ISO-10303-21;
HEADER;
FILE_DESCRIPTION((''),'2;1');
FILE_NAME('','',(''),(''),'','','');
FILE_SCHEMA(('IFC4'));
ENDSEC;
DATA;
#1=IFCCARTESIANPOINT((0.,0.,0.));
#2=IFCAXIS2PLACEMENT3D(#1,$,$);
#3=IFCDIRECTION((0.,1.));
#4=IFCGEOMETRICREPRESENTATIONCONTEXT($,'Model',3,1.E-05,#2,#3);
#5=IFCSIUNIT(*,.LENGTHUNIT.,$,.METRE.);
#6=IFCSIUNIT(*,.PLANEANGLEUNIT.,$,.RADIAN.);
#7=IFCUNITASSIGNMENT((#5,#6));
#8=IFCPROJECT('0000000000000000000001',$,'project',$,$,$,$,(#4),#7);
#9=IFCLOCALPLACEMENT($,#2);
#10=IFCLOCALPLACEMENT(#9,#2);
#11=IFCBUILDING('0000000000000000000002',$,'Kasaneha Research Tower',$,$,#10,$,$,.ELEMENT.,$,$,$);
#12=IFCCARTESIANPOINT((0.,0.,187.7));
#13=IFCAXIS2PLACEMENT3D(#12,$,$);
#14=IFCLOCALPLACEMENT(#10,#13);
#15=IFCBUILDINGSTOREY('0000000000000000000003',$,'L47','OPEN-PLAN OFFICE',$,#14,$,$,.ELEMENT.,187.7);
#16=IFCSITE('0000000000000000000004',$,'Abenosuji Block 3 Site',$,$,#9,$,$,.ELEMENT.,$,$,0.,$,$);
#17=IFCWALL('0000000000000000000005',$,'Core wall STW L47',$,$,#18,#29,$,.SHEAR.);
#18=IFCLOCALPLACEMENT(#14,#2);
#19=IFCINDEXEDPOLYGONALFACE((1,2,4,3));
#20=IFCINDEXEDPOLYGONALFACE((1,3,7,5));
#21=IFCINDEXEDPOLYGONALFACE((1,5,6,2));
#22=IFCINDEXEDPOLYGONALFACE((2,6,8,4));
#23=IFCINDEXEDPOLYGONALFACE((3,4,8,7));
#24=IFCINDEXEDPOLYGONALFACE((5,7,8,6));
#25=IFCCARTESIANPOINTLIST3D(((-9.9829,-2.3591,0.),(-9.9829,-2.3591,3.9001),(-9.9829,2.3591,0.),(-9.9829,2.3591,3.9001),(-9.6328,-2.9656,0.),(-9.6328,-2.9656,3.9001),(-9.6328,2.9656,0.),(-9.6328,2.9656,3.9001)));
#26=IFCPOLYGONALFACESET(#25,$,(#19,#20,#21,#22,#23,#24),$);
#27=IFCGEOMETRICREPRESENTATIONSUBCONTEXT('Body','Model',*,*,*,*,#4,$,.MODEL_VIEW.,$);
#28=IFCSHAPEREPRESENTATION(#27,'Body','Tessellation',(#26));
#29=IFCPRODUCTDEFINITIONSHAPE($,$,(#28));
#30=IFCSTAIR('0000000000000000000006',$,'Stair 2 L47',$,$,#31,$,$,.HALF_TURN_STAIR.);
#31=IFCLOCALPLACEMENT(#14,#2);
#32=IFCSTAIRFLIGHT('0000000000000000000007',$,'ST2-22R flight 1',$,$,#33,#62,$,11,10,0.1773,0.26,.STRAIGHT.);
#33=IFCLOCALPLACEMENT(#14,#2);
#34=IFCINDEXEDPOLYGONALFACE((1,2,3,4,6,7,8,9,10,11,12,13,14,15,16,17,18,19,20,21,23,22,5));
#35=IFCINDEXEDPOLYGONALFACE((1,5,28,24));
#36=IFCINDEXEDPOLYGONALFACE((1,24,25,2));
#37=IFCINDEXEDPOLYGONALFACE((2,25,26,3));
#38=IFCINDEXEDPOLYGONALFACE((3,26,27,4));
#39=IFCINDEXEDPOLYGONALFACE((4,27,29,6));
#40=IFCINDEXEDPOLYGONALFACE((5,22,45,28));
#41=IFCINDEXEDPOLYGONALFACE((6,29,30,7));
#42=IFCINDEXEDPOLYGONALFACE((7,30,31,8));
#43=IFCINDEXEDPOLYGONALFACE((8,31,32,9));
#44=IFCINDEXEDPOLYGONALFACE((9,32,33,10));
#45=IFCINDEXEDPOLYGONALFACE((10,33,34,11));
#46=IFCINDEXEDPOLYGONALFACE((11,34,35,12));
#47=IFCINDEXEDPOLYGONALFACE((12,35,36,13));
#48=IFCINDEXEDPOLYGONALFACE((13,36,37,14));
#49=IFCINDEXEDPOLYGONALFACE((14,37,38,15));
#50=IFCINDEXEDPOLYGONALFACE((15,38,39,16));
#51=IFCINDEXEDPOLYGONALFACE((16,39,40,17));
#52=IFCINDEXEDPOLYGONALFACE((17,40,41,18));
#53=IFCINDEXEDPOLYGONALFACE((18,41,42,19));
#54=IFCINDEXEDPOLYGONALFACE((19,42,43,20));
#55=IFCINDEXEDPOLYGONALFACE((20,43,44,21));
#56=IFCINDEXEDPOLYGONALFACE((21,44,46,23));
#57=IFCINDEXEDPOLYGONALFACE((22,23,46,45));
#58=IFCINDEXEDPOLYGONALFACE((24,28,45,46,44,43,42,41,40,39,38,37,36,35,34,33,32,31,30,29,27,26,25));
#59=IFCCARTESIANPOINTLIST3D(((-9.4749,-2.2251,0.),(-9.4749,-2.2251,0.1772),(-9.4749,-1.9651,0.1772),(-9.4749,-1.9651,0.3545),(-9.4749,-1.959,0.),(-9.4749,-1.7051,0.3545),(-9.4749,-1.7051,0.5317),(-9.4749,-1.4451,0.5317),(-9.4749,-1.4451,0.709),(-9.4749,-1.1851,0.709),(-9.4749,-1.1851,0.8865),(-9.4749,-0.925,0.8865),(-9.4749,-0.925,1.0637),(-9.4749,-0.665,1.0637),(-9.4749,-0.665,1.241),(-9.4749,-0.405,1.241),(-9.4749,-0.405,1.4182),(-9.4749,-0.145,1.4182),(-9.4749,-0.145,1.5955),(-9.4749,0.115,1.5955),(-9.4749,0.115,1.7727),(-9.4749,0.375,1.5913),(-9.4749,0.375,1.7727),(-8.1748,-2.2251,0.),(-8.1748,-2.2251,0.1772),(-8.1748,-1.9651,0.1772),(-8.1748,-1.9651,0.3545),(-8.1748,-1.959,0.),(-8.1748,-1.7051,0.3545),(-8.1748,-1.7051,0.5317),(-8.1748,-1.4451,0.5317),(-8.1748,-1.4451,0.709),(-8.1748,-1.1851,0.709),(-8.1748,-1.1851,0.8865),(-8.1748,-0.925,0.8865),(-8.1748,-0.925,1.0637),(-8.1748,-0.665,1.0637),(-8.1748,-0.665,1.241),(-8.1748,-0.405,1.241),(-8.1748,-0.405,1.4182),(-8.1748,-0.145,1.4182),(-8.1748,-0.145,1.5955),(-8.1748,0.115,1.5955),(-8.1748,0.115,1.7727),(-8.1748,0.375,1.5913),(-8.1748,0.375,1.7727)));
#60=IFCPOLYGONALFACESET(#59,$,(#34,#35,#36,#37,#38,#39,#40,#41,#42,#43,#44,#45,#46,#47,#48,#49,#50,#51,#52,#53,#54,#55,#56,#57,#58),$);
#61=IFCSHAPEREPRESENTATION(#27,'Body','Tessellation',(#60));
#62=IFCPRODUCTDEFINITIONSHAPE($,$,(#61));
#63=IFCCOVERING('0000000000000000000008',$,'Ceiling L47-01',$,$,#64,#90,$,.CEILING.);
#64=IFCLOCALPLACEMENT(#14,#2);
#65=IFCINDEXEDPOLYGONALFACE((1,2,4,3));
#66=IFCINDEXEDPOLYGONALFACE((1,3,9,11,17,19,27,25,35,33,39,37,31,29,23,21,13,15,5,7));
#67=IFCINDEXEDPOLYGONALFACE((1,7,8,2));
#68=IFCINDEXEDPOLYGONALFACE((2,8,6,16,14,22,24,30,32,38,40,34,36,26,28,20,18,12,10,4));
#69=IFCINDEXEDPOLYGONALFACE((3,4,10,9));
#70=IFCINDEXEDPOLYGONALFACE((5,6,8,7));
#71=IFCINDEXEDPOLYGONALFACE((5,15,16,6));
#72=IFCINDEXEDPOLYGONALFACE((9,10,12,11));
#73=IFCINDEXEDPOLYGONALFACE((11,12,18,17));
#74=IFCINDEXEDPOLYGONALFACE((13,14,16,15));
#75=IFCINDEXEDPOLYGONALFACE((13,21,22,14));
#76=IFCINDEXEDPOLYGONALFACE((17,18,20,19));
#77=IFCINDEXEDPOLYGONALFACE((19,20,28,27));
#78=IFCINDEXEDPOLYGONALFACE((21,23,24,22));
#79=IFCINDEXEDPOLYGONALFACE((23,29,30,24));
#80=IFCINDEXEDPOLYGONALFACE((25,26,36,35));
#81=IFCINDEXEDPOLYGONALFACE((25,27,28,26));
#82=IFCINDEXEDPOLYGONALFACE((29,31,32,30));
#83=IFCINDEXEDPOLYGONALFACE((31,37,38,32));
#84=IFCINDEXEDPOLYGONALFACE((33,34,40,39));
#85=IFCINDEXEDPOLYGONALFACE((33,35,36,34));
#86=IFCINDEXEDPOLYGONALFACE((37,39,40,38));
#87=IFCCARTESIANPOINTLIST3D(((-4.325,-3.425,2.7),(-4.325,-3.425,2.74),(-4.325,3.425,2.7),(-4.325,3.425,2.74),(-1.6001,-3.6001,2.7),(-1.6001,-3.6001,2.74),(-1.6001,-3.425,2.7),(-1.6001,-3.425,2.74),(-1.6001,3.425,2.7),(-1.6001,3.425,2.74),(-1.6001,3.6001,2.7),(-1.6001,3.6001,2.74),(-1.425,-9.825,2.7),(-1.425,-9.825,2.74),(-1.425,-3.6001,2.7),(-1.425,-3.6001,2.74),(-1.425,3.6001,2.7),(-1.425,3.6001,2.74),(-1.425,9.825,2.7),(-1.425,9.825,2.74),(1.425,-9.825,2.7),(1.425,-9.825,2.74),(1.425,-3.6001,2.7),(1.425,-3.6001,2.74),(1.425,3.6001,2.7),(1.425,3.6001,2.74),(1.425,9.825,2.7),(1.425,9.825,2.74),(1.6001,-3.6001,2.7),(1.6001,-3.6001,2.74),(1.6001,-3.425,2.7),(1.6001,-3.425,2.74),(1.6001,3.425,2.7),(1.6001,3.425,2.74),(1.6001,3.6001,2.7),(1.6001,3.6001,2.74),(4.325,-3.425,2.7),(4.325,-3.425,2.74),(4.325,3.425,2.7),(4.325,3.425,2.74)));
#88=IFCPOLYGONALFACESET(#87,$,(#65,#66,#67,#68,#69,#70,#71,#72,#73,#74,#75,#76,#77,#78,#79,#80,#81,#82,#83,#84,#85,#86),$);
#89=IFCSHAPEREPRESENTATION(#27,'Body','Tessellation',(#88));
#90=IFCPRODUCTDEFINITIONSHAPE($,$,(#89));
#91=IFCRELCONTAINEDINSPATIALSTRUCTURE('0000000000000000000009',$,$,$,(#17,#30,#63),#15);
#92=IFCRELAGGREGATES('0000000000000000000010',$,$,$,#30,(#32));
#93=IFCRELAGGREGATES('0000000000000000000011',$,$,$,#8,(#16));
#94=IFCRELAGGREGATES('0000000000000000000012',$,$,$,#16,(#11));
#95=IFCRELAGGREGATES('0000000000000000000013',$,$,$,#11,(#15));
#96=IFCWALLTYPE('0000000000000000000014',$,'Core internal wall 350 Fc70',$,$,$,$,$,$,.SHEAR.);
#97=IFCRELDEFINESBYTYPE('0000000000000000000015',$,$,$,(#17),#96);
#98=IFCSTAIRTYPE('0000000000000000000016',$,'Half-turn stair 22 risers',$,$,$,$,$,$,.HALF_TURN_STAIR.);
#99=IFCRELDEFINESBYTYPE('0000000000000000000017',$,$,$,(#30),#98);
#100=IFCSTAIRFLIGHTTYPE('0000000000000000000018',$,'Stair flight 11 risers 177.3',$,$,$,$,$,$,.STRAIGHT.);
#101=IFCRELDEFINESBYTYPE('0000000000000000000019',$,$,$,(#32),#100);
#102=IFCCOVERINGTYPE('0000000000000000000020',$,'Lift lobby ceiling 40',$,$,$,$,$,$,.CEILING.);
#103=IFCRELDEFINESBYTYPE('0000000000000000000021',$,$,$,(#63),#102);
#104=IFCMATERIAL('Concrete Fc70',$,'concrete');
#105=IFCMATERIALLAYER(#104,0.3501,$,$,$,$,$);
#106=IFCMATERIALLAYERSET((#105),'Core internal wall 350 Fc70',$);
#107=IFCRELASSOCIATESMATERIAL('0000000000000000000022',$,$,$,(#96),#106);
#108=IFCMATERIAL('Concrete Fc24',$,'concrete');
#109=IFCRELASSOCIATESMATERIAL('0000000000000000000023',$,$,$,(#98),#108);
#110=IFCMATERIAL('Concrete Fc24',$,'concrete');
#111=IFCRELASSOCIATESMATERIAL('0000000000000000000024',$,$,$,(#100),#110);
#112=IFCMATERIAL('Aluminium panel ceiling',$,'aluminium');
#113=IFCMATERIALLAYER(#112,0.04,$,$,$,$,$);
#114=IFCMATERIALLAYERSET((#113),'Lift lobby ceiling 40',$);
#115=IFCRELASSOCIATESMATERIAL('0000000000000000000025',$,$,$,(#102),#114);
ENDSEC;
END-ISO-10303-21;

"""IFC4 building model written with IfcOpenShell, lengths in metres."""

from ifc_helpers import new_model, si_unit, direction, frame, origin, place, context, subcontext, project, spatial, polyline, outline, extrude, material, layer, layer_set, type_object, element, aggregate, save


model = new_model("IFC4")

# Units and contexts
model_context = context("Model", 3, precision=1e-05, world=origin(), true_north=direction((0.0, 1.0)))
body_context = subcontext(model_context, "Body", "Model", "MODEL_VIEW")
ifc_project = project(units=[si_unit("LENGTHUNIT", "METRE"), si_unit("PLANEANGLEUNIT", "RADIAN")], contexts=[model_context])

# Site, building, storey
site_placement = place(None, origin())
site = spatial("IfcSite", under=ifc_project, at=site_placement, Name="Abenosuji Block 3 Site", CompositionType="ELEMENT", RefElevation=0.0)
building_placement = place(site_placement, origin())
building = spatial("IfcBuilding", under=site, at=building_placement, Name="Kasaneha Research Tower", CompositionType="ELEMENT")
storey_placement = place(building_placement, frame((0.0, 0.0, 187.7)))
storey = spatial("IfcBuildingStorey", under=building, at=storey_placement, Name="L47", Description="OPEN-PLAN OFFICE", CompositionType="ELEMENT", Elevation=187.7)

# Shared definitions
ifc_material_1 = material(Name="Concrete Fc70", Category="concrete")
ifc_layer_1 = layer(ifc_material_1, 0.3501)
ifc_layer_set_1 = layer_set([ifc_layer_1], Name="Core internal wall 350 Fc70")
wall_type = type_object("IfcWallType", Name="Core internal wall 350 Fc70", PredefinedType="SHEAR", material=ifc_layer_set_1)

# Wall
wall_1_placement = place(storey_placement, frame((-9.8079, -2.6624, 0.0), z_axis=(0.0, 0.0, 1.0), x_axis=(0.0, 1.0, 0.0)))
element("IfcWall", 1, at=wall_1_placement, inside=storey, type_object=wall_type, Name="Core wall STW L47", PredefinedType="SHEAR", context=body_context, shape_type="SweptSolid", body=[
    extrude(outline(polyline([(-0.3032, -0.175), (5.6279, -0.175), (5.0215, 0.175), (0.3032, 0.175), (-0.3032, -0.175)])), origin(), (0.0, 0.0, 1.0), 3.9001),
])

# Stair, stair flight
ifc_material_2 = material(Name="Concrete Fc24", Category="concrete")
stair_type = type_object("IfcStairType", Name="Half-turn stair 22 risers", PredefinedType="HALF_TURN_STAIR", material=ifc_material_2)
stair_placement = place(storey_placement, origin())
stair = element("IfcStair", 2, at=stair_placement, inside=storey, type_object=stair_type, Name="Stair 2 L47", PredefinedType="HALF_TURN_STAIR")
ifc_material_3 = material(Name="Concrete Fc24", Category="concrete")
stair_flight_type = type_object("IfcStairFlightType", Name="Stair flight 11 risers 177.3", PredefinedType="STRAIGHT", material=ifc_material_3)
stair_flight_placement = place(storey_placement, frame((-8.825, -2.2251, 0.0), z_axis=(0.0, 0.0, 1.0), x_axis=(0.0, 1.0, 0.0)))
stair_flight = element("IfcStairFlight", 3, at=stair_flight_placement, type_object=stair_flight_type, Name="ST2-22R flight 1", NumberOfRisers=11, NumberOfTreads=10, PredefinedType="STRAIGHT", RiserHeight=0.1773, TreadLength=0.26, context=body_context, shape_type="SweptSolid", body=[
    extrude(outline(polyline([(0.0, 0.0), (0.0, 0.1772), (0.26, 0.1772), (0.26, 0.3545), (0.52, 0.3545), (0.52, 0.5317), (0.78, 0.5317), (0.78, 0.709), (1.04, 0.709), (1.04, 0.8865), (1.3, 0.8865), (1.3, 1.0637), (1.5601, 1.0637), (1.5601, 1.241), (1.8201, 1.241), (1.8201, 1.4182), (2.0801, 1.4182), (2.0801, 1.5955), (2.3401, 1.5955), (2.3401, 1.7727), (2.6001, 1.7727), (2.6001, 1.95), (2.6001, 1.5913), (0.2661, 0.0), (0.0, 0.0)])), frame((0.0, 0.6499, 0.0), z_axis=(0.0, -1.0, 0.0), x_axis=(1.0, 0.0, 0.0)), (0.0, 0.0, 1.0), 1.3),
])
aggregate(stair, [stair_flight])

# Covering
ifc_material_4 = material(Name="Aluminium panel ceiling", Category="aluminium")
ifc_layer_2 = layer(ifc_material_4, 0.04)
ifc_layer_set_2 = layer_set([ifc_layer_2], Name="Lift lobby ceiling 40")
covering_type_1 = type_object("IfcCoveringType", Name="Lift lobby ceiling 40", PredefinedType="CEILING", material=ifc_layer_set_2)
covering_1_placement = place(storey_placement, frame((0.0, 0.0, 2.7)))
element("IfcCovering", 4, at=covering_1_placement, inside=storey, type_object=covering_type_1, Name="Ceiling L47-01", PredefinedType="CEILING", context=body_context, shape_type="SweptSolid", body=[
    extrude(outline(polyline([(1.425, 9.825), (1.425, 3.6001), (1.6001, 3.6001), (1.6001, 3.425), (4.325, 3.425), (4.325, -3.425), (1.6001, -3.425), (1.6001, -3.6001), (1.425, -3.6001), (1.425, -9.825), (-1.425, -9.825), (-1.425, -3.6001), (-1.6001, -3.6001), (-1.6001, -3.425), (-4.325, -3.425), (-4.325, 3.425), (-1.6001, 3.425), (-1.6001, 3.6001), (-1.425, 3.6001), (-1.425, 9.825), (1.425, 9.825)])), origin(), (0.0, 0.0, 1.0), 0.04),
])

save(model, "model.ifc")
